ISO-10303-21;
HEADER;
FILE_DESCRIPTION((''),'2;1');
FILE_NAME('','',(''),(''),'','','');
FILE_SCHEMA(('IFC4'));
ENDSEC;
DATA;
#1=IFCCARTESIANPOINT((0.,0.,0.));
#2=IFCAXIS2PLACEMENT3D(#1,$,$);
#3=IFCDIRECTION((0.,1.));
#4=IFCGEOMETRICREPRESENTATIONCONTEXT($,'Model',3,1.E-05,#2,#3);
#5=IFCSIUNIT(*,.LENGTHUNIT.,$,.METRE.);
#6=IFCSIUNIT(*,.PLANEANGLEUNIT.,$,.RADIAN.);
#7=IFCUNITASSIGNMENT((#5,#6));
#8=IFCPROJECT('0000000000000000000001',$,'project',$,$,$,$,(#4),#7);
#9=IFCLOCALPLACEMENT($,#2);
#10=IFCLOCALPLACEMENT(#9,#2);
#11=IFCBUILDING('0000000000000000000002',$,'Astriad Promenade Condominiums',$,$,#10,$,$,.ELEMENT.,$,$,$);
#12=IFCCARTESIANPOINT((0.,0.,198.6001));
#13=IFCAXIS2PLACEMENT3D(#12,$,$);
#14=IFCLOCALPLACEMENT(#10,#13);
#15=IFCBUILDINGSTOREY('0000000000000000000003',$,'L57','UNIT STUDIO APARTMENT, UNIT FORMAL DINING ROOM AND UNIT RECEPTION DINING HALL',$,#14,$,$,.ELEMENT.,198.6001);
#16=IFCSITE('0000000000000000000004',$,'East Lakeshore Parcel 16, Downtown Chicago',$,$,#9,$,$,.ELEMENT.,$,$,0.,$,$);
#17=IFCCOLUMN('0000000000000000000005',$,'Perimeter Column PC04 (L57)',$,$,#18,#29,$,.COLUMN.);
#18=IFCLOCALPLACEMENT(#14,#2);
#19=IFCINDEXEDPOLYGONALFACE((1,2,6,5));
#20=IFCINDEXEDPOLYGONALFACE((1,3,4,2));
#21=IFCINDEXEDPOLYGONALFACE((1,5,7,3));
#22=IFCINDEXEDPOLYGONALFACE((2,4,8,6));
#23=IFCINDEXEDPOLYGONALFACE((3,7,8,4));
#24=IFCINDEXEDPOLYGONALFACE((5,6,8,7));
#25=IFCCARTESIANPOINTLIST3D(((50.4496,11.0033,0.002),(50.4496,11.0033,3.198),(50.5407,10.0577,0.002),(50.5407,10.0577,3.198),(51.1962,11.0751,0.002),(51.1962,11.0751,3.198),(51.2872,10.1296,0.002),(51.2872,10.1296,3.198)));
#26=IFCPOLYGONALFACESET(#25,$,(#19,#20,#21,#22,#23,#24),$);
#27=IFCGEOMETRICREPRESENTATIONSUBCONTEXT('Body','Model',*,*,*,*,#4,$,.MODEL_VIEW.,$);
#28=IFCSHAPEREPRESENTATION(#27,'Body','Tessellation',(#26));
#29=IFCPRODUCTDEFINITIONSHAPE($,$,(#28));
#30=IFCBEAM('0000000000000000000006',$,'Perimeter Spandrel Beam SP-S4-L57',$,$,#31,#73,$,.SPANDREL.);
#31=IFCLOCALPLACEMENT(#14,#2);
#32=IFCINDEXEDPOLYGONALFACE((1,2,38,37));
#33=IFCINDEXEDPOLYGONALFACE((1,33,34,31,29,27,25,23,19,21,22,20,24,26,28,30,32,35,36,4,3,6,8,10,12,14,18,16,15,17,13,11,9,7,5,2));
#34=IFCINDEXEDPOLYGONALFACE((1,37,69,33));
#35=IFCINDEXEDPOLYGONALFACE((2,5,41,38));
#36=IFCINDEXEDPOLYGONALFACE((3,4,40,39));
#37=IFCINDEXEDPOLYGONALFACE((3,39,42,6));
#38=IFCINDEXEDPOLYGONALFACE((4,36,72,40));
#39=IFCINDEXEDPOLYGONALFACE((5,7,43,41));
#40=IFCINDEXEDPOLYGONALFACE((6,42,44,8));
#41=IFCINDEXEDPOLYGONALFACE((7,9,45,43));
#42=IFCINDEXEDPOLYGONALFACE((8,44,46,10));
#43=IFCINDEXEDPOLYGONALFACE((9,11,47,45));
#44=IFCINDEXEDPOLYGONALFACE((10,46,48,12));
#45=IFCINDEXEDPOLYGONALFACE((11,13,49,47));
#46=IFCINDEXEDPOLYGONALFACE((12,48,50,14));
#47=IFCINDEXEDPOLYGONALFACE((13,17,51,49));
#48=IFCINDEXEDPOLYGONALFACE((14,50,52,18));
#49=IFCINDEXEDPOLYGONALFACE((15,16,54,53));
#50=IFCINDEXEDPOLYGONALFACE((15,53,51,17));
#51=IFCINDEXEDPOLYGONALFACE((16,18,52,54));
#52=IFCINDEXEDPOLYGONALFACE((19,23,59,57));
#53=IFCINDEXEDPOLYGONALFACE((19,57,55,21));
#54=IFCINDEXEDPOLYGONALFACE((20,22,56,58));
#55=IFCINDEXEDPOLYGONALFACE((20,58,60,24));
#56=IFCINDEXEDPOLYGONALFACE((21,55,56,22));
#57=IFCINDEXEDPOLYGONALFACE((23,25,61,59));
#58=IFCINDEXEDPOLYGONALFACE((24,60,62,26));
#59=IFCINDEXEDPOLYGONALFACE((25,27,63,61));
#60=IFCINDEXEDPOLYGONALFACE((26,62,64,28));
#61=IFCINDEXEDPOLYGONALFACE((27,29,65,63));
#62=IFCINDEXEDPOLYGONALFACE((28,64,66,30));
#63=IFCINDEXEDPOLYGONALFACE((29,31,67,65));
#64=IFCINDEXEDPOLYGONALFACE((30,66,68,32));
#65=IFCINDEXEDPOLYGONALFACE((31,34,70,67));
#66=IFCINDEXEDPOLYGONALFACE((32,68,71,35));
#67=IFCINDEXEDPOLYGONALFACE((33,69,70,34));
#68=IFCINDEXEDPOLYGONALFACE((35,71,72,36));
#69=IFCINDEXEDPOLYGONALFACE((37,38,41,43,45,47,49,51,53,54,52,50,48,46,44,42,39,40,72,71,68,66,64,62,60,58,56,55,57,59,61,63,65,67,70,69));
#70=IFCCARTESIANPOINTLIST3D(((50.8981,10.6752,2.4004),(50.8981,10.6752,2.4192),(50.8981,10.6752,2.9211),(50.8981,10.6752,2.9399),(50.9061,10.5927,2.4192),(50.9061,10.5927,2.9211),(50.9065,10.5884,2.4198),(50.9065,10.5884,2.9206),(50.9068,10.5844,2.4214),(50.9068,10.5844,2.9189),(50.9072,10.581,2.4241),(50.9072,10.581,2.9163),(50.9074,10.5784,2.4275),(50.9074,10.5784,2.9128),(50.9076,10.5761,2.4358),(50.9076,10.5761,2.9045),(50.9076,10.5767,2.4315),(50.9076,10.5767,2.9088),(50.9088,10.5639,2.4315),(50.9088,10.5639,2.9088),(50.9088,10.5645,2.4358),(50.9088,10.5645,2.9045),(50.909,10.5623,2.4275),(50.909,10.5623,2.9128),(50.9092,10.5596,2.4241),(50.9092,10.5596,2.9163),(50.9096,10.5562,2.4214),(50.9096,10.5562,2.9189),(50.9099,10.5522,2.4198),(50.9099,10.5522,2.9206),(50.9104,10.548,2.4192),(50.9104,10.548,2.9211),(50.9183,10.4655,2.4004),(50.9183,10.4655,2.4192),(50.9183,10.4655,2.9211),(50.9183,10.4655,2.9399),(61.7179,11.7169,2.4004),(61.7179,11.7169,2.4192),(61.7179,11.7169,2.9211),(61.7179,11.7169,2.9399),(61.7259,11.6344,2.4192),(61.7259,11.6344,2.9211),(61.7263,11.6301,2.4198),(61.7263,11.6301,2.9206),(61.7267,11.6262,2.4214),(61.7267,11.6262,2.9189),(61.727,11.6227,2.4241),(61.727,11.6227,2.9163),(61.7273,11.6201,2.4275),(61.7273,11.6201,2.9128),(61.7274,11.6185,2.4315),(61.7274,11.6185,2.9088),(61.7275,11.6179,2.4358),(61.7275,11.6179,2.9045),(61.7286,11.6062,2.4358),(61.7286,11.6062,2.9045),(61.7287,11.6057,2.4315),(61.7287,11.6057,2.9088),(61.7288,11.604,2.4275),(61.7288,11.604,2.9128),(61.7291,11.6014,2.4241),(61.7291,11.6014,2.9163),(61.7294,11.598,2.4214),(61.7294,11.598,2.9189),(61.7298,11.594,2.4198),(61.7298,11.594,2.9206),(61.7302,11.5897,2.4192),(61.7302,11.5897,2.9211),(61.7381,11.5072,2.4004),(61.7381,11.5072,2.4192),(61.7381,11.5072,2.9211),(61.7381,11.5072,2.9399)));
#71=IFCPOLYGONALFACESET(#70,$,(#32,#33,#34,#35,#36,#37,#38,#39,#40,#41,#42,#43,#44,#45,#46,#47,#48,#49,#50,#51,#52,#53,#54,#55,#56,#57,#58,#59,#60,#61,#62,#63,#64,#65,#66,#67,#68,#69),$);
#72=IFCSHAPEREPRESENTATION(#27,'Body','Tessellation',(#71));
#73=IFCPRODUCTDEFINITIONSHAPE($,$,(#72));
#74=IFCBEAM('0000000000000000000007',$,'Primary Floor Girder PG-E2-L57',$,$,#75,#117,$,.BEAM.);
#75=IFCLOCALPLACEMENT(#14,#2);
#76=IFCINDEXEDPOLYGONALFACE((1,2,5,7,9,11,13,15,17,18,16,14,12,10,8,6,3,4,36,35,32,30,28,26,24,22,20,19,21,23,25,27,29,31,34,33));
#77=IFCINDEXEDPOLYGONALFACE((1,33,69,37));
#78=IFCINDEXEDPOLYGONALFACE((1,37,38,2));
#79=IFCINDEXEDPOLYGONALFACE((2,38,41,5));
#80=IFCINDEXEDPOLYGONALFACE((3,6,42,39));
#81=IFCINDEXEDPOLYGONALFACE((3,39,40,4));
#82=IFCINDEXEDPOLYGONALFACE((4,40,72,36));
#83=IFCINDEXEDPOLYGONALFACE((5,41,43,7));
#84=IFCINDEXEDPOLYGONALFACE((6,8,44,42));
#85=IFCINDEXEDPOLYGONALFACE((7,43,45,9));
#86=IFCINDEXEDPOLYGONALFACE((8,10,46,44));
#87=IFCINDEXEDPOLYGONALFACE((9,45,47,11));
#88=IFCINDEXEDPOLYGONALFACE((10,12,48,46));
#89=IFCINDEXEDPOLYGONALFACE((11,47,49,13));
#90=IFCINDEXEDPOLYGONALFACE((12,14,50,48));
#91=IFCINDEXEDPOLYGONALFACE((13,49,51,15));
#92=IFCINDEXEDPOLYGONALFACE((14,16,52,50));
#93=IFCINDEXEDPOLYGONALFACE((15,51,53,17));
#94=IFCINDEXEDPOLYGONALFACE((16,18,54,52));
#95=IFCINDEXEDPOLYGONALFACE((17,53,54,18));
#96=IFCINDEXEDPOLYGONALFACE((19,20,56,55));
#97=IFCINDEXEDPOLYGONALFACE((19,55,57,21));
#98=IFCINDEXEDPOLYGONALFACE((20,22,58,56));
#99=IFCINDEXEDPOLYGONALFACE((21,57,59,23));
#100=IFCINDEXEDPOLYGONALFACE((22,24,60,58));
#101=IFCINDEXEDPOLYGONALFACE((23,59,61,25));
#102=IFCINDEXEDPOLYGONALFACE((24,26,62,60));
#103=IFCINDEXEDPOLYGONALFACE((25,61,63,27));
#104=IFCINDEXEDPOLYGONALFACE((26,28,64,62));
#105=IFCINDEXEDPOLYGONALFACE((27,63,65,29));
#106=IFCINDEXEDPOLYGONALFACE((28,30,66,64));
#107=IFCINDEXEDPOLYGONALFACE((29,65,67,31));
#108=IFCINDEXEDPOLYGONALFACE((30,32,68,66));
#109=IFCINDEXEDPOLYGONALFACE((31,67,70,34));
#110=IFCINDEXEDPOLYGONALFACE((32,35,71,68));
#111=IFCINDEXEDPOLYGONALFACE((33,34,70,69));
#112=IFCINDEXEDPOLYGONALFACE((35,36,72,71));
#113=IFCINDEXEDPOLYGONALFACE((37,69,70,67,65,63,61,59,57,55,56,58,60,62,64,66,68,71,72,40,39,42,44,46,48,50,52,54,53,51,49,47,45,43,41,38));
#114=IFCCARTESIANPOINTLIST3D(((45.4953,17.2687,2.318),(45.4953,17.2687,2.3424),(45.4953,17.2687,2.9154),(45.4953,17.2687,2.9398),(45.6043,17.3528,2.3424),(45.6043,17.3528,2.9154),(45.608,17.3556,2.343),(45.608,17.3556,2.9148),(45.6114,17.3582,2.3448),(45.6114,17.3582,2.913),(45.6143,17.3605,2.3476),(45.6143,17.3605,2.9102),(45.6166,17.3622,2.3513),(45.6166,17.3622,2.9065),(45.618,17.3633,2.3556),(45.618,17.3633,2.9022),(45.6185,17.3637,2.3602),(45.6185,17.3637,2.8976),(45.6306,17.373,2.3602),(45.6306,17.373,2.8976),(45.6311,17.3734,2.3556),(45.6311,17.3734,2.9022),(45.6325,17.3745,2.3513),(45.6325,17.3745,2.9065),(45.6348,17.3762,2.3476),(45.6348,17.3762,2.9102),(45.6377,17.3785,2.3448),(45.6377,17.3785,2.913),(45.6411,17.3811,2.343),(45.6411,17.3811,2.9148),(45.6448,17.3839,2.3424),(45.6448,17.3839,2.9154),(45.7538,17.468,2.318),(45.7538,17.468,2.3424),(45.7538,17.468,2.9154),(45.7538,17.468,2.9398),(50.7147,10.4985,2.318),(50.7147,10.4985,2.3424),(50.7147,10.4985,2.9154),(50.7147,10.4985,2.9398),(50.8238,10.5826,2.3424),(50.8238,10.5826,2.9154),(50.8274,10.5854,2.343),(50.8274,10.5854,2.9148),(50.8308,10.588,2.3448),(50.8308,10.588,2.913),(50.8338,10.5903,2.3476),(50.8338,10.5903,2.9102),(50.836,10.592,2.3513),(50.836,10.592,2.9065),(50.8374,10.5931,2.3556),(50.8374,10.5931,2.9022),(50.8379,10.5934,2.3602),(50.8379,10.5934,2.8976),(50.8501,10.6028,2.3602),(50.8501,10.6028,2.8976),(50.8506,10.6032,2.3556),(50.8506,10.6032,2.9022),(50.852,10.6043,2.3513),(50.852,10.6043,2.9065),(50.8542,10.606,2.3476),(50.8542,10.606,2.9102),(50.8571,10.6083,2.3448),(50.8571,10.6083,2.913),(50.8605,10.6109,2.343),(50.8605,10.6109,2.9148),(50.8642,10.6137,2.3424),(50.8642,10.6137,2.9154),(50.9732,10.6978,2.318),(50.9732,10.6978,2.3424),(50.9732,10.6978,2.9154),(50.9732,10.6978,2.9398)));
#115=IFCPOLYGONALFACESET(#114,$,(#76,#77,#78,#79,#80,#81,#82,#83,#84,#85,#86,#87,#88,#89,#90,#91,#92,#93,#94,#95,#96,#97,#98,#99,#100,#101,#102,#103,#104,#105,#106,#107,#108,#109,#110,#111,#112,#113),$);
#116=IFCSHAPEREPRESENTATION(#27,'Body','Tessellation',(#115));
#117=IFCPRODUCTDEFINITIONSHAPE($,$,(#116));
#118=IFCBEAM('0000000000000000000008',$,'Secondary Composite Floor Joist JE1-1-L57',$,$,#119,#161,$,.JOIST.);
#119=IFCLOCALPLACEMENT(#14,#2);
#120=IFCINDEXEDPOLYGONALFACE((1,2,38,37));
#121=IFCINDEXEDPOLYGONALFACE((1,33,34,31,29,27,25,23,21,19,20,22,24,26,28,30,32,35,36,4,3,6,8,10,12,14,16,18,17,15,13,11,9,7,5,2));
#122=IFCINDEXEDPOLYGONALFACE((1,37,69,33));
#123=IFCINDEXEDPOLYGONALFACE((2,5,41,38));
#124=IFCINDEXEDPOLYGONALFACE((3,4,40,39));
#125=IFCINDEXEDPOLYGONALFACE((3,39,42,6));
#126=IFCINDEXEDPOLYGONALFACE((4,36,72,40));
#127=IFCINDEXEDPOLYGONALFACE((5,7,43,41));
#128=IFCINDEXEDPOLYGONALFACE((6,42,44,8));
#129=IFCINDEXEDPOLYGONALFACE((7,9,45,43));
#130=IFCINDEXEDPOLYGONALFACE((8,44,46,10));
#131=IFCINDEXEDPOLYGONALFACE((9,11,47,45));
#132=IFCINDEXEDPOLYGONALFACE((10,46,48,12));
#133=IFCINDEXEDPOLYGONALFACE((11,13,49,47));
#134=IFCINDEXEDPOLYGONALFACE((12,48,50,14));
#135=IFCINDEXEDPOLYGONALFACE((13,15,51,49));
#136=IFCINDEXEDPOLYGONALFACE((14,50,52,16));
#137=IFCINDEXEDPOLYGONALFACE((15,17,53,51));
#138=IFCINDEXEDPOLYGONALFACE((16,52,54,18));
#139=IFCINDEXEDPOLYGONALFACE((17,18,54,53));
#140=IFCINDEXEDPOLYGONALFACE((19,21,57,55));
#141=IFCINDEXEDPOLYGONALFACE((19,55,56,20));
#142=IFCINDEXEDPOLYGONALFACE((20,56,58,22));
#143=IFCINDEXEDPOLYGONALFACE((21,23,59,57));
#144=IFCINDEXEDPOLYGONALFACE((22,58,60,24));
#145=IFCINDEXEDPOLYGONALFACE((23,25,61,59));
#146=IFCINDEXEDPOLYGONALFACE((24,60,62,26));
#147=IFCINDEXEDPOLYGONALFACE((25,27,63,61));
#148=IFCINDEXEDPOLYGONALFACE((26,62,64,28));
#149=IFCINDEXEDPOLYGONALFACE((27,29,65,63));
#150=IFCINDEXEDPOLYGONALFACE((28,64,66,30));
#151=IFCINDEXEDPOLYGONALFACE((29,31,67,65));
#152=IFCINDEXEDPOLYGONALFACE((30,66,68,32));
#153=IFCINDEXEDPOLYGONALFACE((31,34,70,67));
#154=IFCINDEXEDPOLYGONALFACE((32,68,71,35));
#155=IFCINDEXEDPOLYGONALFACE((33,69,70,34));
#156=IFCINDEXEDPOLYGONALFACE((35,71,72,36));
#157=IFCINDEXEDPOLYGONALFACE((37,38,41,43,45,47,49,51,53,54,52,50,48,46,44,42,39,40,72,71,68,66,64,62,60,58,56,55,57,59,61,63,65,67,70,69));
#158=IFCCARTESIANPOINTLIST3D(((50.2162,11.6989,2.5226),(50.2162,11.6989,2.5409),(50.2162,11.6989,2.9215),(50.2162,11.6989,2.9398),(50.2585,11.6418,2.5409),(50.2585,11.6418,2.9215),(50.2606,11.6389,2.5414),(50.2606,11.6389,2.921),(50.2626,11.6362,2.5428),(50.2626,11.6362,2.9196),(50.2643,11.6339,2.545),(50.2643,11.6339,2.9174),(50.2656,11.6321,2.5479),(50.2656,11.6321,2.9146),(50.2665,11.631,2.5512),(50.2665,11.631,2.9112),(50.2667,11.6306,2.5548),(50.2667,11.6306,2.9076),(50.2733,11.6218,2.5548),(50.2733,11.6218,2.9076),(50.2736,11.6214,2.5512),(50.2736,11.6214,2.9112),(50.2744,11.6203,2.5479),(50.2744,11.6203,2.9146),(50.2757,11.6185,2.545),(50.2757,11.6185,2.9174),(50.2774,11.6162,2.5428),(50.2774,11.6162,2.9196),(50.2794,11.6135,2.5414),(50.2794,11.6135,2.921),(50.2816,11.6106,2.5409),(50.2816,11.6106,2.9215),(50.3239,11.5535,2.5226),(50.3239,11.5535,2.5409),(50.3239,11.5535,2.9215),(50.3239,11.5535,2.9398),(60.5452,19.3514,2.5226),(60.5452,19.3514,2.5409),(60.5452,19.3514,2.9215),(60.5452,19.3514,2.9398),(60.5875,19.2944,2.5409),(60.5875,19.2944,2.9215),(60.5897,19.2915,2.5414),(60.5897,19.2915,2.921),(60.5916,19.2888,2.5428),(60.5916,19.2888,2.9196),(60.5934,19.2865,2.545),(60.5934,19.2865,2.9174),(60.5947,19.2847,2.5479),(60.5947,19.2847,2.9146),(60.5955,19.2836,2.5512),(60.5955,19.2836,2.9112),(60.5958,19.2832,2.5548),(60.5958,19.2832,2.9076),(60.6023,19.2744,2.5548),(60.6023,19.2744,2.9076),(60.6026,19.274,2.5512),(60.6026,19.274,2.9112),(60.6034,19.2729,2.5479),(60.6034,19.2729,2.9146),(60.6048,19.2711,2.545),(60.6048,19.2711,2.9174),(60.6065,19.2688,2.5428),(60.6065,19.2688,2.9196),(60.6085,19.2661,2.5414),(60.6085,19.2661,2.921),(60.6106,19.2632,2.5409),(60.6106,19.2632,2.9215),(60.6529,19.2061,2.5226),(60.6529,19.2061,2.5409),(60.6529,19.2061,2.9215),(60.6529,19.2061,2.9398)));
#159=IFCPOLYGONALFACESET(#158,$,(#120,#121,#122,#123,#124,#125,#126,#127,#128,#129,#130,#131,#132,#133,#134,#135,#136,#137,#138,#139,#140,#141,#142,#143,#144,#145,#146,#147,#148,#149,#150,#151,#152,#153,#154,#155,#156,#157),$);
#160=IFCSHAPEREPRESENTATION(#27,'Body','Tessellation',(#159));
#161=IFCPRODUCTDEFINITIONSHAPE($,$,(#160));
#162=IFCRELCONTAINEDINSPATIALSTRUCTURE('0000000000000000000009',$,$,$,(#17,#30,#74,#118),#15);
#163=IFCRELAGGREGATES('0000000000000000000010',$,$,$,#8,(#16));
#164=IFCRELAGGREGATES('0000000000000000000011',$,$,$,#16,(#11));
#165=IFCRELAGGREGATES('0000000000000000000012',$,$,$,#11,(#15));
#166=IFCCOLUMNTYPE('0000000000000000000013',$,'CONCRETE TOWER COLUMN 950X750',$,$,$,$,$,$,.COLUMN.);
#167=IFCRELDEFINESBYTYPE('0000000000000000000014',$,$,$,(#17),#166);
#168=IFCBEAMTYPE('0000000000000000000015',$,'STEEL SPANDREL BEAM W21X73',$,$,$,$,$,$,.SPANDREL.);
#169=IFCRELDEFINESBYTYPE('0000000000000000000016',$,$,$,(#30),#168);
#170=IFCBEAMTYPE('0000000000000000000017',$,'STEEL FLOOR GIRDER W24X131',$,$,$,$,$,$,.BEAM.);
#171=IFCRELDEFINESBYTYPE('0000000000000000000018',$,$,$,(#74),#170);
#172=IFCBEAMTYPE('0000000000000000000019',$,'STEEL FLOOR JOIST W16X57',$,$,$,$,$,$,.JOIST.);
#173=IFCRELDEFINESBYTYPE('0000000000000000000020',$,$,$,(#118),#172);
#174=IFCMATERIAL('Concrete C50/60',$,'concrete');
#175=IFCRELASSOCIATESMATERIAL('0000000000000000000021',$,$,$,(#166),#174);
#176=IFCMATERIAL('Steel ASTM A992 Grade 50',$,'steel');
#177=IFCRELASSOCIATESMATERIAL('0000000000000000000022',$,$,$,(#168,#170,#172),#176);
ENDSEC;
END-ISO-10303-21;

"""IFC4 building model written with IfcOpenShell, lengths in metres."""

from ifc_helpers import new_model, si_unit, direction, frame, origin, origin_2d, place, context, subcontext, project, spatial, rectangle, i_section, extrude, source, transform, mapped, material, material_profile, profile_set, type_object, type_shapes, element, save


model = new_model("IFC4")

# Units and contexts
model_context = context("Model", 3, precision=1e-05, world=origin(), true_north=direction((0.0, 1.0)))
body_context = subcontext(model_context, "Body", "Model", "MODEL_VIEW")
ifc_project = project(units=[si_unit("LENGTHUNIT", "METRE"), si_unit("PLANEANGLEUNIT", "RADIAN")], contexts=[model_context])

# Site, building, storey
site_placement = place(None, origin())
site = spatial("IfcSite", under=ifc_project, at=site_placement, Name="East Lakeshore Parcel 16, Downtown Chicago", CompositionType="ELEMENT", RefElevation=0.0)
building_placement = place(site_placement, origin())
building = spatial("IfcBuilding", under=site, at=building_placement, Name="Astriad Promenade Condominiums", CompositionType="ELEMENT")
storey_placement = place(building_placement, frame((0.0, 0.0, 198.6001)))
storey = spatial("IfcBuildingStorey", under=building, at=storey_placement, Name="L57", Description="UNIT STUDIO APARTMENT, UNIT FORMAL DINING ROOM AND UNIT RECEPTION DINING HALL", CompositionType="ELEMENT", Elevation=198.6001)

# Column
ifc_material_1 = material(Name="Concrete C50/60", Category="concrete")
ifc_material_profile_1 = material_profile(ifc_material_1, rectangle(XDim=0.75, YDim=0.95, at=origin_2d()), Name="RC-COL-950X750")
ifc_profile_set_1 = profile_set([ifc_material_profile_1], Name="Concrete C50/60")
column_type = type_object("IfcColumnType", Name="CONCRETE TOWER COLUMN 950X750", PredefinedType="COLUMN", material=ifc_profile_set_1)
shared_shape_1 = source(origin(), body_context, "Body", "SweptSolid", [
    extrude(rectangle(XDim=0.75, YDim=0.95, at=origin_2d()), origin(), (0.0, 0.0, 1.0), 3.196),
])
type_shapes(column_type, [shared_shape_1])
column_placement = place(storey_placement, frame((50.8684, 10.5664, 0.002), z_axis=(0.0, 0.0, 1.0), x_axis=(0.995396, 0.095846, 0.0)))
element("IfcColumn", 1, at=column_placement, inside=storey, type_object=column_type, Name="Perimeter Column PC04 (L57)", PredefinedType="COLUMN", context=body_context, shape_type="MappedRepresentation", body=[
    mapped(shared_shape_1, transform((0.0, 0.0, 0.0), scale=1.0)),
])

# Beams
ifc_material_2 = material(Name="Steel ASTM A992 Grade 50", Category="steel")
ifc_material_profile_2 = material_profile(ifc_material_2, i_section(OverallWidth=0.2107, OverallDepth=0.5396, WebThickness=0.0117, FlangeThickness=0.0188, FilletRadius=0.0166, at=origin_2d()), Name="W21X73")
ifc_profile_set_2 = profile_set([ifc_material_profile_2], Name="Steel ASTM A992 Grade 50")
beam_type_1 = type_object("IfcBeamType", Name="STEEL SPANDREL BEAM W21X73", PredefinedType="SPANDREL", material=ifc_profile_set_2)
shared_shape_2 = source(origin(), body_context, "Body", "SweptSolid", [
    extrude(i_section(OverallWidth=0.2107, OverallDepth=0.5396, WebThickness=0.0117, FlangeThickness=0.0188, FilletRadius=0.0166, at=origin_2d()), origin(), (0.0, 0.0, 1.0), 10.8699),
])
type_shapes(beam_type_1, [shared_shape_2])
beam_1_placement = place(storey_placement, frame((50.9082, 10.5703, 2.6702), z_axis=(0.995397, 0.095838, 0.0), x_axis=(-0.095838, 0.995397, 0.0)))
element("IfcBeam", 2, at=beam_1_placement, inside=storey, type_object=beam_type_1, Name="Perimeter Spandrel Beam SP-S4-L57", PredefinedType="SPANDREL", context=body_context, shape_type="MappedRepresentation", body=[
    mapped(shared_shape_2, transform((0.0, 0.0, 0.0), scale=1.0)),
])
ifc_material_profile_3 = material_profile(ifc_material_2, i_section(OverallWidth=0.3264, OverallDepth=0.6218, WebThickness=0.0154, FlangeThickness=0.0244, FilletRadius=0.0178, at=origin_2d()), Name="W24X131")
ifc_profile_set_3 = profile_set([ifc_material_profile_3], Name="Steel ASTM A992 Grade 50")
beam_type_2 = type_object("IfcBeamType", Name="STEEL FLOOR GIRDER W24X131", PredefinedType="BEAM", material=ifc_profile_set_3)
shared_shape_3 = source(origin(), body_context, "Body", "SweptSolid", [
    extrude(i_section(OverallWidth=0.3264, OverallDepth=0.6218, WebThickness=0.0154, FlangeThickness=0.0244, FilletRadius=0.0178, at=origin_2d()), origin(), (0.0, 0.0, 1.0), 8.5486),
])
type_shapes(beam_type_2, [shared_shape_3])
beam_2_placement = place(storey_placement, frame((50.844, 10.5981, 2.6289), z_axis=(-0.610562, 0.791968, 0.0), x_axis=(-0.791968, -0.610562, 0.0)))
element("IfcBeam", 3, at=beam_2_placement, inside=storey, type_object=beam_type_2, Name="Primary Floor Girder PG-E2-L57", PredefinedType="BEAM", context=body_context, shape_type="MappedRepresentation", body=[
    mapped(shared_shape_3, transform((0.0, 0.0, 0.0), scale=1.0)),
])
ifc_material_profile_4 = material_profile(ifc_material_2, i_section(OverallWidth=0.1809, OverallDepth=0.4172, WebThickness=0.011, FlangeThickness=0.0183, FilletRadius=0.0139, at=origin_2d()), Name="W16X57")
ifc_profile_set_4 = profile_set([ifc_material_profile_4], Name="Steel ASTM A992 Grade 50")
beam_type_3 = type_object("IfcBeamType", Name="STEEL FLOOR JOIST W16X57", PredefinedType="JOIST", material=ifc_profile_set_4)
shared_shape_4 = source(origin(), body_context, "Body", "SweptSolid", [
    extrude(i_section(OverallWidth=0.1809, OverallDepth=0.4172, WebThickness=0.011, FlangeThickness=0.0183, FilletRadius=0.0139, at=origin_2d()), origin(), (0.0, 0.0, 1.0), 12.855),
])
beam_3_placement = place(storey_placement, frame((50.27, 11.6262, 2.7312), z_axis=(0.803505, 0.595298, 0.0), x_axis=(-0.595298, 0.803505, 0.0)))
element("IfcBeam", 4, at=beam_3_placement, inside=storey, type_object=beam_type_3, Name="Secondary Composite Floor Joist JE1-1-L57", PredefinedType="JOIST", context=body_context, shape_type="MappedRepresentation", body=[
    mapped(shared_shape_4, transform((0.0, 0.0, 0.0), scale=1.0)),
])

save(model, "model.ifc")
